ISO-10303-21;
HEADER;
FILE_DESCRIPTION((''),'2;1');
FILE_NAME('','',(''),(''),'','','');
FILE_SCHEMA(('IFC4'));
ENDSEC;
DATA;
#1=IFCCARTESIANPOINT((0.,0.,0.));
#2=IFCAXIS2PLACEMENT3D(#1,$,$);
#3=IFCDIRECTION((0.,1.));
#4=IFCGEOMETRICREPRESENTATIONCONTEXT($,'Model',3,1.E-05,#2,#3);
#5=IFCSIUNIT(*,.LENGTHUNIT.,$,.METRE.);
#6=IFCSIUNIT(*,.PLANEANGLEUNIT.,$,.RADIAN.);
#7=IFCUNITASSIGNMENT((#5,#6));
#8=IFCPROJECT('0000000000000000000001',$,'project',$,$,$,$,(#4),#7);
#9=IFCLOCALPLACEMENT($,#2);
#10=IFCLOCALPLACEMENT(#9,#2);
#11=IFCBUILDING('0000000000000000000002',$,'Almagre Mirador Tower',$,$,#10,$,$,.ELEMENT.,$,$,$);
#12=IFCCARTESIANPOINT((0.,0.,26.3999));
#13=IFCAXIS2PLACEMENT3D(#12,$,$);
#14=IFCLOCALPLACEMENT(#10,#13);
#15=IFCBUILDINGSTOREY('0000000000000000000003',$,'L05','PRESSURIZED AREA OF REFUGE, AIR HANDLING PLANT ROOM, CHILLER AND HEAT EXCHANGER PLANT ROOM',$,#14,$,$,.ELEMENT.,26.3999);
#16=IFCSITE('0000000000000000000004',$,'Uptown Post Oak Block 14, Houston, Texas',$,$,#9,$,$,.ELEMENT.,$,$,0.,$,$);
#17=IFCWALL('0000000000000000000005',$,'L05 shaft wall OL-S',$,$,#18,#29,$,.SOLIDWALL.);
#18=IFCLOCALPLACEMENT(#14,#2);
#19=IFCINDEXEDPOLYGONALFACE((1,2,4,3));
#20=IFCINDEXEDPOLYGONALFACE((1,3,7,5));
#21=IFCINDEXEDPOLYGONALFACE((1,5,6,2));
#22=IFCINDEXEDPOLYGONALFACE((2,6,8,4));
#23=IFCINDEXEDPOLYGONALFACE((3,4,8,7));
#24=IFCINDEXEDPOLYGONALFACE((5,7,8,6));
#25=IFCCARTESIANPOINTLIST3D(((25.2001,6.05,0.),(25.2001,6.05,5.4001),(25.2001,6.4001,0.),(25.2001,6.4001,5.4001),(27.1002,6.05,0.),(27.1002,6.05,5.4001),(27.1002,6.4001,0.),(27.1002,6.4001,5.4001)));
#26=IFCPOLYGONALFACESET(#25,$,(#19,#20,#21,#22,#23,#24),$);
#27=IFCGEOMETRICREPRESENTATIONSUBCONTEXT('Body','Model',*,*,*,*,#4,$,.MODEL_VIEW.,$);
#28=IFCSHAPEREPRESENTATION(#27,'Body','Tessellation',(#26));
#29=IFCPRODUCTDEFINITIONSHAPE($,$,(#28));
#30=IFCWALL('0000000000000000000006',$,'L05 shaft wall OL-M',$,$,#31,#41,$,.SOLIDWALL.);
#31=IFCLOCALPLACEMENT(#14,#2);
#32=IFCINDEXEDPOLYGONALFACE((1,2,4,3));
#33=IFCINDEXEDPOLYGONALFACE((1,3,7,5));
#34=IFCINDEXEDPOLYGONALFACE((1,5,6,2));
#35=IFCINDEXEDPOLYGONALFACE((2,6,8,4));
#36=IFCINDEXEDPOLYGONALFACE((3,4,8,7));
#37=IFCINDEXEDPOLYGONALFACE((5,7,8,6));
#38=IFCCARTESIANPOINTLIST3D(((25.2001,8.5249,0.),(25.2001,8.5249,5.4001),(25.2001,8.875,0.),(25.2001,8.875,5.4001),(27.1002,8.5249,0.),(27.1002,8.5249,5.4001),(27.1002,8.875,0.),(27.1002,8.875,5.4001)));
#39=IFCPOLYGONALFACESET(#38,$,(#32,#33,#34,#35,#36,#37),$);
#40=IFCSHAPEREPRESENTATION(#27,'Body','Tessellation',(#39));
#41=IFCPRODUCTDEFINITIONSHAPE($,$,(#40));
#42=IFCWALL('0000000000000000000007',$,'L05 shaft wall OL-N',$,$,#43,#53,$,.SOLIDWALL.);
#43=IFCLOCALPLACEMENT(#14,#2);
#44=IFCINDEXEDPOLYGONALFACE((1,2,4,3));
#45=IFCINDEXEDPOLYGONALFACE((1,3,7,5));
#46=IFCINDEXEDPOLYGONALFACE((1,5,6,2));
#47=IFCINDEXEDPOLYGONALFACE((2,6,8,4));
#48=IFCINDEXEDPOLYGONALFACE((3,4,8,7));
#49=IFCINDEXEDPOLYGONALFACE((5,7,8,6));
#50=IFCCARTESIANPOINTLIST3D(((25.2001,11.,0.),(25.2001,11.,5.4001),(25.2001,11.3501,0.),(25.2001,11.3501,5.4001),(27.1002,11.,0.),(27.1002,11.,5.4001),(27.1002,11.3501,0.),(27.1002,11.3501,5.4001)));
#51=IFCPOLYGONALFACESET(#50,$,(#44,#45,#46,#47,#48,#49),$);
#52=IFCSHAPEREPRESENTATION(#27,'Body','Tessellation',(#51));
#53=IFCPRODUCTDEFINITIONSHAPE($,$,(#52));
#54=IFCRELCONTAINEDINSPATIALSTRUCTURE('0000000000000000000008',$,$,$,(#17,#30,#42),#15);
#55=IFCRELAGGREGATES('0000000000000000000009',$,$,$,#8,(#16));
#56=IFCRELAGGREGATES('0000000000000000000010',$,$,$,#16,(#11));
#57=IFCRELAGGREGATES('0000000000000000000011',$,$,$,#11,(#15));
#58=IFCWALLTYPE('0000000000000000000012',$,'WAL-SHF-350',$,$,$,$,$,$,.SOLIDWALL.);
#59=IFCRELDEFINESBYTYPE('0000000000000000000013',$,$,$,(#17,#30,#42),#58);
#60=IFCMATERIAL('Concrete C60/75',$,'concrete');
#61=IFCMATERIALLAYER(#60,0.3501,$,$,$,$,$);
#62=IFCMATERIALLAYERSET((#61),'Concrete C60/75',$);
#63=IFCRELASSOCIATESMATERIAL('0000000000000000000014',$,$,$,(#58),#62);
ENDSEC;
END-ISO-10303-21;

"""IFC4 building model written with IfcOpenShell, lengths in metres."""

from ifc_helpers import new_model, si_unit, direction, frame, frame_2d, origin, place, context, subcontext, project, spatial, rectangle, extrude, material, layer, layer_set, type_object, element, save


model = new_model("IFC4")

# Units and contexts
model_context = context("Model", 3, precision=1e-05, world=origin(), true_north=direction((0.0, 1.0)))
body_context = subcontext(model_context, "Body", "Model", "MODEL_VIEW")
ifc_project = project(units=[si_unit("LENGTHUNIT", "METRE"), si_unit("PLANEANGLEUNIT", "RADIAN")], contexts=[model_context])

# Site, building, storey
site_placement = place(None, origin())
site = spatial("IfcSite", under=ifc_project, at=site_placement, Name="Uptown Post Oak Block 14, Houston, Texas", CompositionType="ELEMENT", RefElevation=0.0)
building_placement = place(site_placement, origin())
building = spatial("IfcBuilding", under=site, at=building_placement, Name="Almagre Mirador Tower", CompositionType="ELEMENT")
storey_placement = place(building_placement, frame((0.0, 0.0, 26.3999)))
storey = spatial("IfcBuildingStorey", under=building, at=storey_placement, Name="L05", Description="PRESSURIZED AREA OF REFUGE, AIR HANDLING PLANT ROOM, CHILLER AND HEAT EXCHANGER PLANT ROOM", CompositionType="ELEMENT", Elevation=26.3999)

# Walls
ifc_material_1 = material(Name="Concrete C60/75", Category="concrete")
ifc_layer_1 = layer(ifc_material_1, 0.3501)
ifc_layer_set_1 = layer_set([ifc_layer_1], Name="Concrete C60/75")
wall_type_1 = type_object("IfcWallType", Name="WAL-SHF-350", PredefinedType="SOLIDWALL", material=ifc_layer_set_1)
for number, where, z_axis, x_axis, name in (
    (1, (25.2, 6.2251, 0.0), (0.0, 0.0, 1.0), (1.0, 0.0, 0.0), "L05 shaft wall OL-S"),
    (2, (25.2, 8.7, 0.0), (0.0, 0.0, 1.0), (1.0, 0.0, 0.0), "L05 shaft wall OL-M"),
    (3, (25.2, 11.175, 0.0), (0.0, 0.0, 1.0), (1.0, 0.0, 0.0), "L05 shaft wall OL-N"),
):
    element("IfcWall", number, at=place(storey_placement, frame(where, z_axis=z_axis, x_axis=x_axis)), inside=storey, type_object=wall_type_1, Name=name, PredefinedType="SOLIDWALL", context=body_context, shape_type="SweptSolid", body=[
        extrude(rectangle(XDim=1.9001, YDim=0.3501, at=frame_2d((0.9502, 0.0))), origin(), (0.0, 0.0, 1.0), 5.4001),
    ])

save(model, "model.ifc")
